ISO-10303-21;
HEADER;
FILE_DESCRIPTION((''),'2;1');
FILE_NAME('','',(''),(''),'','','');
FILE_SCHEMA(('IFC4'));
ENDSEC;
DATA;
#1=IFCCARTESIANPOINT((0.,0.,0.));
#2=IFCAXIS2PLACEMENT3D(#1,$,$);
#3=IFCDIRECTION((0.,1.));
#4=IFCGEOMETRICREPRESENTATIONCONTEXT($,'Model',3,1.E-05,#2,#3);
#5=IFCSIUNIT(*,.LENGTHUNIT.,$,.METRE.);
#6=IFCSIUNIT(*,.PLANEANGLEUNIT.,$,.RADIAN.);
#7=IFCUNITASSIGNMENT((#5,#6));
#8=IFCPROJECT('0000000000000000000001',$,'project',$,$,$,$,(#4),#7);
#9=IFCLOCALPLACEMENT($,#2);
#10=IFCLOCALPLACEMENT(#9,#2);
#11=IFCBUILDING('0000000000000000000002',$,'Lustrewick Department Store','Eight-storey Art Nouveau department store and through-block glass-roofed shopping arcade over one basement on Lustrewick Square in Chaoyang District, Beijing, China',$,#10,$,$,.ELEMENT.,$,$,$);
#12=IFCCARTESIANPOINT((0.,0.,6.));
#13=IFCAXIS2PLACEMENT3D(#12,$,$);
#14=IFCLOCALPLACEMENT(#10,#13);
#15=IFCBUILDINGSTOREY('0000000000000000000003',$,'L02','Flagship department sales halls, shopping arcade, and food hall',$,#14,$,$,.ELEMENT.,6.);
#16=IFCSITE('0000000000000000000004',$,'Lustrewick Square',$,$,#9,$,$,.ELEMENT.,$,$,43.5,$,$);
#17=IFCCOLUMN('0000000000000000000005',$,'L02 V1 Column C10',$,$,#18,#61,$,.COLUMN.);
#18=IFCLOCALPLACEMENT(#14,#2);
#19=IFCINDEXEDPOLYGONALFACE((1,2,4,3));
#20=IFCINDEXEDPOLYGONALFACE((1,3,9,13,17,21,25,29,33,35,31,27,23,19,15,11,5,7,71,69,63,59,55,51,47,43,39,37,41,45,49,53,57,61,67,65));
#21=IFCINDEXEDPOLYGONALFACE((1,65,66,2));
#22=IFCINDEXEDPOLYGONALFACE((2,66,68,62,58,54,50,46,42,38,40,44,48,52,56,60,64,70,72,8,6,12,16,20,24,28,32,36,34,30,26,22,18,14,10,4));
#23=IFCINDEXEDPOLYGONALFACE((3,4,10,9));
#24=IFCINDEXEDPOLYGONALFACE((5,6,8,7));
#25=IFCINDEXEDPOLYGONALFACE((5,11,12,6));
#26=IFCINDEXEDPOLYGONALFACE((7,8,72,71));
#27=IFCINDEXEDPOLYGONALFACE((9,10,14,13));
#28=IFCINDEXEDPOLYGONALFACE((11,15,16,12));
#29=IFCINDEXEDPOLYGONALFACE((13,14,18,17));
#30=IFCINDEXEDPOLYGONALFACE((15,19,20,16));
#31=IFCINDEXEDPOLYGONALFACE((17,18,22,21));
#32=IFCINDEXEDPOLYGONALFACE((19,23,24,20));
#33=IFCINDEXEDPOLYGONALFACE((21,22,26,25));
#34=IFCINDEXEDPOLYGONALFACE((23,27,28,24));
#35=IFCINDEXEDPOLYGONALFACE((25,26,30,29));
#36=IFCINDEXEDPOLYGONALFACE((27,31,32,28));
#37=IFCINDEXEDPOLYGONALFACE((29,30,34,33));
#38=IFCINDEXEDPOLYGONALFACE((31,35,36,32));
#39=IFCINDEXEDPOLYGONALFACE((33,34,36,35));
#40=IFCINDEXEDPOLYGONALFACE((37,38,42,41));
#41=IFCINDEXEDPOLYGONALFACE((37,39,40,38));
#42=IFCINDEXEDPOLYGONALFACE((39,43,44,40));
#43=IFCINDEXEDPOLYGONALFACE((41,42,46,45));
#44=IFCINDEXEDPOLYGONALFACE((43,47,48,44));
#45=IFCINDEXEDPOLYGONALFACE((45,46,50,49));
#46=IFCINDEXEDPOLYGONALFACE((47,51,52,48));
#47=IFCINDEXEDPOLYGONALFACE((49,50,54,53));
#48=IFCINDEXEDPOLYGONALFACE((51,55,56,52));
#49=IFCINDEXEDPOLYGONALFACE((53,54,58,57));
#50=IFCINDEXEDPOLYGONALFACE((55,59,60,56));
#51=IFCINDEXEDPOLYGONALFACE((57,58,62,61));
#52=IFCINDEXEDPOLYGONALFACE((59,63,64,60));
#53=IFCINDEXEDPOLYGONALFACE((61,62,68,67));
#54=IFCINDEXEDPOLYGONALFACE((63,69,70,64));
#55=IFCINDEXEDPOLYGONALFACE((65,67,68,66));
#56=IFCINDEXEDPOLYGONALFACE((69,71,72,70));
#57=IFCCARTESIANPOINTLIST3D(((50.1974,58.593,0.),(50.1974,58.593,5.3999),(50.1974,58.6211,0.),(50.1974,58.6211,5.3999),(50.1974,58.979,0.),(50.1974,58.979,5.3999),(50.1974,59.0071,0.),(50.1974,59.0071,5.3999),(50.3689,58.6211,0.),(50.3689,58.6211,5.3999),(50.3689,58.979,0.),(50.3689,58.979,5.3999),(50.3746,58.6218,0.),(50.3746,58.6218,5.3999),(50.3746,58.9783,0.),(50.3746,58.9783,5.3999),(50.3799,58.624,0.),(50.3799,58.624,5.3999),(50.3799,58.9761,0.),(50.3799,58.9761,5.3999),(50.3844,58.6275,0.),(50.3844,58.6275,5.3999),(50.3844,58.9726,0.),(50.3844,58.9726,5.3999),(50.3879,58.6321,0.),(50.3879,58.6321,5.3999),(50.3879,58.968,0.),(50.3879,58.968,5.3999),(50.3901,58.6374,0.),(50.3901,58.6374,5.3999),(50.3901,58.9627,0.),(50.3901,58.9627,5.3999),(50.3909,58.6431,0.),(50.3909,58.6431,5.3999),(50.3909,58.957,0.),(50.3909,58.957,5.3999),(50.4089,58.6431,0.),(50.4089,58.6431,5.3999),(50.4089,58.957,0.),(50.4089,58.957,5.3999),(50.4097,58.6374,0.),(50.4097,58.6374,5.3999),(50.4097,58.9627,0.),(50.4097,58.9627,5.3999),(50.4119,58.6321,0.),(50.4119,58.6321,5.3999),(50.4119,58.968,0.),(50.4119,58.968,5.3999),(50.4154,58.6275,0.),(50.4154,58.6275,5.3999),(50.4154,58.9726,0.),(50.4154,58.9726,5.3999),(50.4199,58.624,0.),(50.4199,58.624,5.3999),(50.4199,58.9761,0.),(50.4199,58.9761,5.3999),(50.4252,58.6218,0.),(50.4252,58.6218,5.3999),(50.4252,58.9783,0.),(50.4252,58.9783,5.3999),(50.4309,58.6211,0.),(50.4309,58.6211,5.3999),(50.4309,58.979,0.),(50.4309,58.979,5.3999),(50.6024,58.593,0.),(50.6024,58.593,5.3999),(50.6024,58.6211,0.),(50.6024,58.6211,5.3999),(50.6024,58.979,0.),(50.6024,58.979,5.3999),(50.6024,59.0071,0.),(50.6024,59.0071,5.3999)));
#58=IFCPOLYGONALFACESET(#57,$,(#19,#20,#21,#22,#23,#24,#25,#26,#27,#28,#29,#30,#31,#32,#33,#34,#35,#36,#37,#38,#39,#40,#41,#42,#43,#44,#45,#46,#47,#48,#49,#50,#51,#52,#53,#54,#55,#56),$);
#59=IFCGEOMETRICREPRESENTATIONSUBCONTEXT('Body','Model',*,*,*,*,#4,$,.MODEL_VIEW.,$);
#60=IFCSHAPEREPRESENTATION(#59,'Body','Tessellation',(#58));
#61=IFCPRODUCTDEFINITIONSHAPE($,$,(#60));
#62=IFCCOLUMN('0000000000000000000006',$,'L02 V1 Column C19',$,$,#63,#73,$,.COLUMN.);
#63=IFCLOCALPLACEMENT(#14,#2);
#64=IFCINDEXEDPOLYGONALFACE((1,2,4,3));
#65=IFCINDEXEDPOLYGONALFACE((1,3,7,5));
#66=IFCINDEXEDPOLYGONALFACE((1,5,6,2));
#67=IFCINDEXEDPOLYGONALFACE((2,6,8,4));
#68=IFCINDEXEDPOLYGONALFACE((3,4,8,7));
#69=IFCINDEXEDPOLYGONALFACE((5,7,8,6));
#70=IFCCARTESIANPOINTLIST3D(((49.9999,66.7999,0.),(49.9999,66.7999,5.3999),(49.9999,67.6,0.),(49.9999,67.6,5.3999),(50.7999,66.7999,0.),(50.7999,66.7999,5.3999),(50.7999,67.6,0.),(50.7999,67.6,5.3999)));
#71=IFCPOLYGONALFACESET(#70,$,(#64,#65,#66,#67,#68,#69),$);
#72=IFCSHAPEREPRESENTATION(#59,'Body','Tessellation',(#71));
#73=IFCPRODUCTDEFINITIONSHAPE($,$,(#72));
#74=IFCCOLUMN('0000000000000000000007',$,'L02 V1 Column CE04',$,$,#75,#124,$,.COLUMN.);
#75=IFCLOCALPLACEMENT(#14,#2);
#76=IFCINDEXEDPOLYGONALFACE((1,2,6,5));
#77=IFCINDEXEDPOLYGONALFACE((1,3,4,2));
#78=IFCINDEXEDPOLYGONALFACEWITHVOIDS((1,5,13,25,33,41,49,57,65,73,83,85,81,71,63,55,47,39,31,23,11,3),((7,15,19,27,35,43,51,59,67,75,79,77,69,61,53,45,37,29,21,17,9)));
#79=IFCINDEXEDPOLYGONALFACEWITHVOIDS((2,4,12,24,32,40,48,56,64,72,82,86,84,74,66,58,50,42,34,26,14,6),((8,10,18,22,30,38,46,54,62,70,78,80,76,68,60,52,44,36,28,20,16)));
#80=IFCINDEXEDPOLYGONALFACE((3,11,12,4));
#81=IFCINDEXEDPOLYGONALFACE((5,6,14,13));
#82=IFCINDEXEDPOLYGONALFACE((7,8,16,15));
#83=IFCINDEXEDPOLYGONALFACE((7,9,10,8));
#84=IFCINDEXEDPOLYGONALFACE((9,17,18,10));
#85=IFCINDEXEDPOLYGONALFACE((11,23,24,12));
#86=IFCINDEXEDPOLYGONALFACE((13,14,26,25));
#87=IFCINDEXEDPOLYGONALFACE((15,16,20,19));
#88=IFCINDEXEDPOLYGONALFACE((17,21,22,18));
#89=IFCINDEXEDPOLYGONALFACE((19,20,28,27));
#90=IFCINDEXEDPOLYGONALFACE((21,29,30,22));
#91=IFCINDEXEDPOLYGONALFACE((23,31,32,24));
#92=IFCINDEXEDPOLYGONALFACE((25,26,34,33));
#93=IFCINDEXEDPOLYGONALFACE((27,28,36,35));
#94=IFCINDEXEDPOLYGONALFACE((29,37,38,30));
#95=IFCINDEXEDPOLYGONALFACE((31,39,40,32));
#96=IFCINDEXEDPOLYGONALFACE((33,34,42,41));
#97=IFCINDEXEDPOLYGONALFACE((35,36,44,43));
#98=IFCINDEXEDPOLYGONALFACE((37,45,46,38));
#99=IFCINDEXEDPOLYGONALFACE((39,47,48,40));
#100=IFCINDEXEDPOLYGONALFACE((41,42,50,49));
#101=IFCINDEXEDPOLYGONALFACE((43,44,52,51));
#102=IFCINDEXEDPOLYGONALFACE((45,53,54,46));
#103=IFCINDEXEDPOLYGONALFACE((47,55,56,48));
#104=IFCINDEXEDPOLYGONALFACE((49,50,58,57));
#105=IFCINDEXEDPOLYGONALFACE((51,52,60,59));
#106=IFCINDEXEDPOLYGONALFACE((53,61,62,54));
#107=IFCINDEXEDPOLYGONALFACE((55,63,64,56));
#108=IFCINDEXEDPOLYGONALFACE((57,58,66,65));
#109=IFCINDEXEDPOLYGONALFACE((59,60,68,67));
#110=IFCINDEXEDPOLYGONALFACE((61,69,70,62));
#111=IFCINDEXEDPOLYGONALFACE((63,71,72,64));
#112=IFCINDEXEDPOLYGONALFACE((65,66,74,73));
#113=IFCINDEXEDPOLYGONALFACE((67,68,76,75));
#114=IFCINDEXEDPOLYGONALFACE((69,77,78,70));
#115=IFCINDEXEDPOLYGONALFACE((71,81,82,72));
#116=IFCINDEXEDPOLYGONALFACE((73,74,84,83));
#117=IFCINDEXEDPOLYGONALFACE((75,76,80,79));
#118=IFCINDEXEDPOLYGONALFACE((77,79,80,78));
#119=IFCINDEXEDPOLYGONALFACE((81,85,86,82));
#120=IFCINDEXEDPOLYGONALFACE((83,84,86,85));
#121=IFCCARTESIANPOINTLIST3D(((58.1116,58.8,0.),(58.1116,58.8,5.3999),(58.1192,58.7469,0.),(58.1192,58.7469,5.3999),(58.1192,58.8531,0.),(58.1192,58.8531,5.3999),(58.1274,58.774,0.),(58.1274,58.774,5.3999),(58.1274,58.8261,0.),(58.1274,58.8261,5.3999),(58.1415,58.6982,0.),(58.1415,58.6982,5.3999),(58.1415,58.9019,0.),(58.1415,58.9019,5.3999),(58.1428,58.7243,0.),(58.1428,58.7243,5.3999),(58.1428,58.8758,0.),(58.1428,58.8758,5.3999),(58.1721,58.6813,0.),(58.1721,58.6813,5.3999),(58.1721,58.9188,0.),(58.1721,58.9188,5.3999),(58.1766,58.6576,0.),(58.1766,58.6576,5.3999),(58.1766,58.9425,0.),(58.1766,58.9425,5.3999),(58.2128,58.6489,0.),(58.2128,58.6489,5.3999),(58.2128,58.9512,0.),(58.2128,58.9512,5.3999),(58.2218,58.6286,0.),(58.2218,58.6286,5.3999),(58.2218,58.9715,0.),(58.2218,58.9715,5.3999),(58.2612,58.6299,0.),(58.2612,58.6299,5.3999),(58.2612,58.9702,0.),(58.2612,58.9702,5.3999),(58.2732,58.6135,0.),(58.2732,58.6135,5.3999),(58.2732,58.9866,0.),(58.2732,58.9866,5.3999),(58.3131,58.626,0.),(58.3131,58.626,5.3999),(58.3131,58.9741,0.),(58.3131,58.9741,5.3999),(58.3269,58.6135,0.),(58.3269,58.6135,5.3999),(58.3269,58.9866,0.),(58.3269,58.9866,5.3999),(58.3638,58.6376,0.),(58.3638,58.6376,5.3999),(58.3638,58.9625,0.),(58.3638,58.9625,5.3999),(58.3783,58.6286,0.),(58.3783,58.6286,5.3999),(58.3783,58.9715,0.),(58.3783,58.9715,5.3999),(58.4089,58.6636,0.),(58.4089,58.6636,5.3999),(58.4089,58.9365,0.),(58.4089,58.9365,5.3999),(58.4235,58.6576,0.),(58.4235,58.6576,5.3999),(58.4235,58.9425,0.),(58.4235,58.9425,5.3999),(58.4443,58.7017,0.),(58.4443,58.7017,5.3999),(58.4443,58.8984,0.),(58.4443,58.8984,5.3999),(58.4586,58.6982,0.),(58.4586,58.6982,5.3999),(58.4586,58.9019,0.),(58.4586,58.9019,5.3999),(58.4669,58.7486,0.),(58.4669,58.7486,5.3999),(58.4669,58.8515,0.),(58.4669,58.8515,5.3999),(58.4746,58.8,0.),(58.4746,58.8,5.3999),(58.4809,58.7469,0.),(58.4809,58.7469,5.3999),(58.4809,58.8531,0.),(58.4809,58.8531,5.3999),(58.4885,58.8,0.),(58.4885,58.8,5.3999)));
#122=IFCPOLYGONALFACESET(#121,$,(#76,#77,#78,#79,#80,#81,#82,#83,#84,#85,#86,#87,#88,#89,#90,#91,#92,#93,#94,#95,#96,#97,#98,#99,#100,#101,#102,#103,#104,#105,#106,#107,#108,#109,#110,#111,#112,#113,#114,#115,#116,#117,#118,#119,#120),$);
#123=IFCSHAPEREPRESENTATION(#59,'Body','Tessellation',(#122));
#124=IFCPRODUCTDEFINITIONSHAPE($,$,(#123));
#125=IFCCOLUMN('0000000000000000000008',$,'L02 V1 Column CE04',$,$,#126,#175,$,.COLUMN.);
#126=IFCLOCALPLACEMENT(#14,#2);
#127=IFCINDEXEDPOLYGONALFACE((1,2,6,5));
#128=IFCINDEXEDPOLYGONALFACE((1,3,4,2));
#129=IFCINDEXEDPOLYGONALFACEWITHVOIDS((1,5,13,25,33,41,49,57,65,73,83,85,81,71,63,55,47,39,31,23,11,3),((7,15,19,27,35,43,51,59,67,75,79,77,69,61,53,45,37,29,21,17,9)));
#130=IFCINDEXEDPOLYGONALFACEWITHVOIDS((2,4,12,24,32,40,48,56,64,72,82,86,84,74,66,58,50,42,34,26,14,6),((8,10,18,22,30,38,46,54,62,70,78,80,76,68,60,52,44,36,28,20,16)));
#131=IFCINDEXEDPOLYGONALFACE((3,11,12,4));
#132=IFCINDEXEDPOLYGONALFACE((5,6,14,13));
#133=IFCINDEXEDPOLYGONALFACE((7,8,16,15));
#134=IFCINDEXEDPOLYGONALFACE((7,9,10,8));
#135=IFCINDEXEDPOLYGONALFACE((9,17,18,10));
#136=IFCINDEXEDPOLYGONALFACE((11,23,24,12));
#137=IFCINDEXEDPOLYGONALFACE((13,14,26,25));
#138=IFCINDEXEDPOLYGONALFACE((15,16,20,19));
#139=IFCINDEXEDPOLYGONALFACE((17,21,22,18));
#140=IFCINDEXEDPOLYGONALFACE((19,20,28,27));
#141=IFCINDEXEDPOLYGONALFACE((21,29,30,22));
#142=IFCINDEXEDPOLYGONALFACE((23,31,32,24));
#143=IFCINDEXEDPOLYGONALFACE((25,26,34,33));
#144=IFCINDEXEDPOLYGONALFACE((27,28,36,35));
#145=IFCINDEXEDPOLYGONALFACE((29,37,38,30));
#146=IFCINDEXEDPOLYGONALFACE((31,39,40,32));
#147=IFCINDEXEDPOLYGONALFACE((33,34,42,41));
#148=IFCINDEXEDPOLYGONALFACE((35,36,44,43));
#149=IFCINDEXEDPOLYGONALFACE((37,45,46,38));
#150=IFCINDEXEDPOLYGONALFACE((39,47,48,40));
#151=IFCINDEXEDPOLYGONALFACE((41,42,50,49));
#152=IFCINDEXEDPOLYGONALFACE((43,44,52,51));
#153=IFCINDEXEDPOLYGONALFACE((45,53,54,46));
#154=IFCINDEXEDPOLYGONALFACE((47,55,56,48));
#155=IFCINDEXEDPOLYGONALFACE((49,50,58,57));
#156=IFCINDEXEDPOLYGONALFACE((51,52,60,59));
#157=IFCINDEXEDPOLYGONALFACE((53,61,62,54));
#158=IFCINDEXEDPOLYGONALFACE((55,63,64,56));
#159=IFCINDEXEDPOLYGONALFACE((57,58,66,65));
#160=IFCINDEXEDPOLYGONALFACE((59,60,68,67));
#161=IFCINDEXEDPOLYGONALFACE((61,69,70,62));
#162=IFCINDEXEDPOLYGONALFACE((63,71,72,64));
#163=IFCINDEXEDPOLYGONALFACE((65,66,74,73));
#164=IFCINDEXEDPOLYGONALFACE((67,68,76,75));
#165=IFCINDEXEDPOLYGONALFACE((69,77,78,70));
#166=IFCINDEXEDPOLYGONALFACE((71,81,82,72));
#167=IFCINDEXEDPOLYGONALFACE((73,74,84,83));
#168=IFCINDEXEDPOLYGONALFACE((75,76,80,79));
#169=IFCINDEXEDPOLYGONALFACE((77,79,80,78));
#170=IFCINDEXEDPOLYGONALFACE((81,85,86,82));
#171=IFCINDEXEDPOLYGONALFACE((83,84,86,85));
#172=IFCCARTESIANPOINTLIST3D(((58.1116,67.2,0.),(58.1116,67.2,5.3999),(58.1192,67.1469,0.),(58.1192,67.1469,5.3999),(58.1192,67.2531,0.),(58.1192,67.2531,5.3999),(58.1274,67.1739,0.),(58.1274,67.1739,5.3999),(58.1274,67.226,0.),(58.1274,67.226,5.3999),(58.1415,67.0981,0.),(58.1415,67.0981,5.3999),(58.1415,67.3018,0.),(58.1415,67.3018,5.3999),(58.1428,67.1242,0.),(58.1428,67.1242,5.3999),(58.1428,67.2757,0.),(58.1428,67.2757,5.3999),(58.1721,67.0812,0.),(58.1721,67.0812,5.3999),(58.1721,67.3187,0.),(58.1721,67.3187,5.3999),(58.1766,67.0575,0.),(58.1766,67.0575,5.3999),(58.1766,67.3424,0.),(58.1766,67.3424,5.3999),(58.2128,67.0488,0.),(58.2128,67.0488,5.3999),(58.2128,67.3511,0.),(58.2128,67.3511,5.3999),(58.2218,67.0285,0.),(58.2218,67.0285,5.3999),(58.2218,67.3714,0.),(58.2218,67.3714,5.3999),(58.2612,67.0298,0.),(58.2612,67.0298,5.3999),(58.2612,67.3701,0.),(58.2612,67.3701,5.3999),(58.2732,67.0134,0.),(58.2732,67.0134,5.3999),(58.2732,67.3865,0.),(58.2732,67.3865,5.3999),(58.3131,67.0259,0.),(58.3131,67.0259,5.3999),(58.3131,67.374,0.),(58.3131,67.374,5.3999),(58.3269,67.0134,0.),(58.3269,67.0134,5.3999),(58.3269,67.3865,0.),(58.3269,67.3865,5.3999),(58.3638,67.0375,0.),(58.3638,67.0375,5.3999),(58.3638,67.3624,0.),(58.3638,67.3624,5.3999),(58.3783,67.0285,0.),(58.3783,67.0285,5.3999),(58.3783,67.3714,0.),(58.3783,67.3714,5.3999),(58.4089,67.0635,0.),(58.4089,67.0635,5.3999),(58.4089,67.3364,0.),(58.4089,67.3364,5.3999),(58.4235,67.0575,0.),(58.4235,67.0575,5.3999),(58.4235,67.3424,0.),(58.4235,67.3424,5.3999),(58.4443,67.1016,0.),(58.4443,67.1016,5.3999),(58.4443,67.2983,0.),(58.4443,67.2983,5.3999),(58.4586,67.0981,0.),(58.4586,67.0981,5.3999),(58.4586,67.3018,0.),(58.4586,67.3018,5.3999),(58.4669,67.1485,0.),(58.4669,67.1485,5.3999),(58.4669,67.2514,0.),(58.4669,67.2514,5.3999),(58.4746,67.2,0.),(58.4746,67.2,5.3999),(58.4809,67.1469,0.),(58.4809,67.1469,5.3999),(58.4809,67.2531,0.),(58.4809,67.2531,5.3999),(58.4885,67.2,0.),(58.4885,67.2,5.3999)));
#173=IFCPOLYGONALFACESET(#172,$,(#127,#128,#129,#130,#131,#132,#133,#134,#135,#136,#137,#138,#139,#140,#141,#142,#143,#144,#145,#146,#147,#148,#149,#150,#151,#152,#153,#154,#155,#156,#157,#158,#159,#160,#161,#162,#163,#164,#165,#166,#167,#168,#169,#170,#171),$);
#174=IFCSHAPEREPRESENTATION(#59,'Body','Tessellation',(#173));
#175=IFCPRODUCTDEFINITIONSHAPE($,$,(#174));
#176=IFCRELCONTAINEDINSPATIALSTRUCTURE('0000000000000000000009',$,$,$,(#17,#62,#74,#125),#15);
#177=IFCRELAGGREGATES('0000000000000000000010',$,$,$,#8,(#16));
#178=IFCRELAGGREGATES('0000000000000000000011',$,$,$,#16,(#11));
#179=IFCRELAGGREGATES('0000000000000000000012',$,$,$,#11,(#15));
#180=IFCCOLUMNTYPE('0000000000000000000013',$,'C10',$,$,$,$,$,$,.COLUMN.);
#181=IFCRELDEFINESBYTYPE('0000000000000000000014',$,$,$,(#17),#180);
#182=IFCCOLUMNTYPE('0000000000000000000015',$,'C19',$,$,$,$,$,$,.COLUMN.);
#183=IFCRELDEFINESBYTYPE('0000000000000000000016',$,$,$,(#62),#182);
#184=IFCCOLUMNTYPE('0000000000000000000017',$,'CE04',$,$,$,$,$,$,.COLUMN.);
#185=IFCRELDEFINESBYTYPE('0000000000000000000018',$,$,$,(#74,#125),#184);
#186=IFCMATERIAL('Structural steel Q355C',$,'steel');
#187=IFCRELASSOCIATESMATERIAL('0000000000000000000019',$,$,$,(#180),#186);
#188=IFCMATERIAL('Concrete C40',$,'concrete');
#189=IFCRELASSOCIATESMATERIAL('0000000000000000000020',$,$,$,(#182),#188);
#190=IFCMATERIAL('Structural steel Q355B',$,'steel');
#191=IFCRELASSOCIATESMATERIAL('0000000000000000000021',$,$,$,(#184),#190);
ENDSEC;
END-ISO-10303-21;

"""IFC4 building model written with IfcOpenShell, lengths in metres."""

from ifc_helpers import new_model, si_unit, direction, frame, origin, origin_2d, place, context, subcontext, project, spatial, rectangle, hollow_circle, i_section, extrude, material, material_profile, profile_set, type_object, element, save


model = new_model("IFC4")

# Units and contexts
model_context = context("Model", 3, precision=1e-05, world=origin(), true_north=direction((0.0, 1.0)))
body_context = subcontext(model_context, "Body", "Model", "MODEL_VIEW")
ifc_project = project(units=[si_unit("LENGTHUNIT", "METRE"), si_unit("PLANEANGLEUNIT", "RADIAN")], contexts=[model_context])

# Site, building, storey
site_placement = place(None, origin())
site = spatial("IfcSite", under=ifc_project, at=site_placement, Name="Lustrewick Square", CompositionType="ELEMENT", RefElevation=43.5)
building_placement = place(site_placement, origin())
building = spatial("IfcBuilding", under=site, at=building_placement, Name="Lustrewick Department Store", Description="Eight-storey Art Nouveau department store and through-block glass-roofed shopping arcade over one basement on Lustrewick Square in Chaoyang District, Beijing, China", CompositionType="ELEMENT")
storey_placement = place(building_placement, frame((0.0, 0.0, 6.0)))
storey = spatial("IfcBuildingStorey", under=building, at=storey_placement, Name="L02", Description="Flagship department sales halls, shopping arcade, and food hall", CompositionType="ELEMENT", Elevation=6.0)

# Columns
ifc_material_1 = material(Name="Structural steel Q355C", Category="steel")
ifc_material_profile_1 = material_profile(ifc_material_1, i_section(OverallWidth=0.405, OverallDepth=0.4141, WebThickness=0.0181, FlangeThickness=0.0281, FilletRadius=0.022, at=origin_2d()), Name="HW 414x405x18x28")
ifc_profile_set_1 = profile_set([ifc_material_profile_1], Name="Structural steel Q355C")
column_type_1 = type_object("IfcColumnType", Name="C10", PredefinedType="COLUMN", material=ifc_profile_set_1)
column_1_placement = place(storey_placement, frame((50.3999, 58.8, 0.0), z_axis=(0.0, 0.0, 1.0), x_axis=(1.0, 0.0, 0.0)))
element("IfcColumn", 1, at=column_1_placement, inside=storey, type_object=column_type_1, Name="L02 V1 Column C10", PredefinedType="COLUMN", context=body_context, shape_type="SweptSolid", body=[
    extrude(i_section(OverallWidth=0.405, OverallDepth=0.4141, WebThickness=0.0181, FlangeThickness=0.0281, FilletRadius=0.022, at=origin_2d()), origin(), (0.0, 0.0, 1.0), 5.3999),
])
ifc_material_2 = material(Name="Concrete C40", Category="concrete")
ifc_material_profile_2 = material_profile(ifc_material_2, rectangle(XDim=0.8, YDim=0.8, at=origin_2d()), Name="RC 800x800")
ifc_profile_set_2 = profile_set([ifc_material_profile_2], Name="Concrete C40")
column_type_2 = type_object("IfcColumnType", Name="C19", PredefinedType="COLUMN", material=ifc_profile_set_2)
column_2_placement = place(storey_placement, frame((50.3999, 67.2, 0.0), z_axis=(0.0, 0.0, 1.0), x_axis=(1.0, 0.0, 0.0)))
element("IfcColumn", 2, at=column_2_placement, inside=storey, type_object=column_type_2, Name="L02 V1 Column C19", PredefinedType="COLUMN", context=body_context, shape_type="SweptSolid", body=[
    extrude(rectangle(XDim=0.8, YDim=0.8, at=origin_2d()), origin(), (0.0, 0.0, 1.0), 5.3999),
])
ifc_material_3 = material(Name="Structural steel Q355B", Category="steel")
ifc_material_profile_3 = material_profile(ifc_material_3, hollow_circle(Radius=0.1885, WallThickness=0.0139, at=origin_2d()), Name="CHS 377x14")
ifc_profile_set_3 = profile_set([ifc_material_profile_3], Name="Structural steel Q355B")
column_type_3 = type_object("IfcColumnType", Name="CE04", PredefinedType="COLUMN", material=ifc_profile_set_3)
for number, where, z_axis, x_axis, name in (
    (3, (58.3, 58.8, 0.0), (0.0, 0.0, 1.0), (1.0, 0.0, 0.0), "L02 V1 Column CE04"),
    (4, (58.3, 67.2, 0.0), (0.0, 0.0, 1.0), (1.0, 0.0, 0.0), "L02 V1 Column CE04"),
):
    element("IfcColumn", number, at=place(storey_placement, frame(where, z_axis=z_axis, x_axis=x_axis)), inside=storey, type_object=column_type_3, Name=name, PredefinedType="COLUMN", context=body_context, shape_type="SweptSolid", body=[
        extrude(hollow_circle(Radius=0.1885, WallThickness=0.0139, at=origin_2d()), origin(), (0.0, 0.0, 1.0), 5.3999),
    ])

save(model, "model.ifc")
